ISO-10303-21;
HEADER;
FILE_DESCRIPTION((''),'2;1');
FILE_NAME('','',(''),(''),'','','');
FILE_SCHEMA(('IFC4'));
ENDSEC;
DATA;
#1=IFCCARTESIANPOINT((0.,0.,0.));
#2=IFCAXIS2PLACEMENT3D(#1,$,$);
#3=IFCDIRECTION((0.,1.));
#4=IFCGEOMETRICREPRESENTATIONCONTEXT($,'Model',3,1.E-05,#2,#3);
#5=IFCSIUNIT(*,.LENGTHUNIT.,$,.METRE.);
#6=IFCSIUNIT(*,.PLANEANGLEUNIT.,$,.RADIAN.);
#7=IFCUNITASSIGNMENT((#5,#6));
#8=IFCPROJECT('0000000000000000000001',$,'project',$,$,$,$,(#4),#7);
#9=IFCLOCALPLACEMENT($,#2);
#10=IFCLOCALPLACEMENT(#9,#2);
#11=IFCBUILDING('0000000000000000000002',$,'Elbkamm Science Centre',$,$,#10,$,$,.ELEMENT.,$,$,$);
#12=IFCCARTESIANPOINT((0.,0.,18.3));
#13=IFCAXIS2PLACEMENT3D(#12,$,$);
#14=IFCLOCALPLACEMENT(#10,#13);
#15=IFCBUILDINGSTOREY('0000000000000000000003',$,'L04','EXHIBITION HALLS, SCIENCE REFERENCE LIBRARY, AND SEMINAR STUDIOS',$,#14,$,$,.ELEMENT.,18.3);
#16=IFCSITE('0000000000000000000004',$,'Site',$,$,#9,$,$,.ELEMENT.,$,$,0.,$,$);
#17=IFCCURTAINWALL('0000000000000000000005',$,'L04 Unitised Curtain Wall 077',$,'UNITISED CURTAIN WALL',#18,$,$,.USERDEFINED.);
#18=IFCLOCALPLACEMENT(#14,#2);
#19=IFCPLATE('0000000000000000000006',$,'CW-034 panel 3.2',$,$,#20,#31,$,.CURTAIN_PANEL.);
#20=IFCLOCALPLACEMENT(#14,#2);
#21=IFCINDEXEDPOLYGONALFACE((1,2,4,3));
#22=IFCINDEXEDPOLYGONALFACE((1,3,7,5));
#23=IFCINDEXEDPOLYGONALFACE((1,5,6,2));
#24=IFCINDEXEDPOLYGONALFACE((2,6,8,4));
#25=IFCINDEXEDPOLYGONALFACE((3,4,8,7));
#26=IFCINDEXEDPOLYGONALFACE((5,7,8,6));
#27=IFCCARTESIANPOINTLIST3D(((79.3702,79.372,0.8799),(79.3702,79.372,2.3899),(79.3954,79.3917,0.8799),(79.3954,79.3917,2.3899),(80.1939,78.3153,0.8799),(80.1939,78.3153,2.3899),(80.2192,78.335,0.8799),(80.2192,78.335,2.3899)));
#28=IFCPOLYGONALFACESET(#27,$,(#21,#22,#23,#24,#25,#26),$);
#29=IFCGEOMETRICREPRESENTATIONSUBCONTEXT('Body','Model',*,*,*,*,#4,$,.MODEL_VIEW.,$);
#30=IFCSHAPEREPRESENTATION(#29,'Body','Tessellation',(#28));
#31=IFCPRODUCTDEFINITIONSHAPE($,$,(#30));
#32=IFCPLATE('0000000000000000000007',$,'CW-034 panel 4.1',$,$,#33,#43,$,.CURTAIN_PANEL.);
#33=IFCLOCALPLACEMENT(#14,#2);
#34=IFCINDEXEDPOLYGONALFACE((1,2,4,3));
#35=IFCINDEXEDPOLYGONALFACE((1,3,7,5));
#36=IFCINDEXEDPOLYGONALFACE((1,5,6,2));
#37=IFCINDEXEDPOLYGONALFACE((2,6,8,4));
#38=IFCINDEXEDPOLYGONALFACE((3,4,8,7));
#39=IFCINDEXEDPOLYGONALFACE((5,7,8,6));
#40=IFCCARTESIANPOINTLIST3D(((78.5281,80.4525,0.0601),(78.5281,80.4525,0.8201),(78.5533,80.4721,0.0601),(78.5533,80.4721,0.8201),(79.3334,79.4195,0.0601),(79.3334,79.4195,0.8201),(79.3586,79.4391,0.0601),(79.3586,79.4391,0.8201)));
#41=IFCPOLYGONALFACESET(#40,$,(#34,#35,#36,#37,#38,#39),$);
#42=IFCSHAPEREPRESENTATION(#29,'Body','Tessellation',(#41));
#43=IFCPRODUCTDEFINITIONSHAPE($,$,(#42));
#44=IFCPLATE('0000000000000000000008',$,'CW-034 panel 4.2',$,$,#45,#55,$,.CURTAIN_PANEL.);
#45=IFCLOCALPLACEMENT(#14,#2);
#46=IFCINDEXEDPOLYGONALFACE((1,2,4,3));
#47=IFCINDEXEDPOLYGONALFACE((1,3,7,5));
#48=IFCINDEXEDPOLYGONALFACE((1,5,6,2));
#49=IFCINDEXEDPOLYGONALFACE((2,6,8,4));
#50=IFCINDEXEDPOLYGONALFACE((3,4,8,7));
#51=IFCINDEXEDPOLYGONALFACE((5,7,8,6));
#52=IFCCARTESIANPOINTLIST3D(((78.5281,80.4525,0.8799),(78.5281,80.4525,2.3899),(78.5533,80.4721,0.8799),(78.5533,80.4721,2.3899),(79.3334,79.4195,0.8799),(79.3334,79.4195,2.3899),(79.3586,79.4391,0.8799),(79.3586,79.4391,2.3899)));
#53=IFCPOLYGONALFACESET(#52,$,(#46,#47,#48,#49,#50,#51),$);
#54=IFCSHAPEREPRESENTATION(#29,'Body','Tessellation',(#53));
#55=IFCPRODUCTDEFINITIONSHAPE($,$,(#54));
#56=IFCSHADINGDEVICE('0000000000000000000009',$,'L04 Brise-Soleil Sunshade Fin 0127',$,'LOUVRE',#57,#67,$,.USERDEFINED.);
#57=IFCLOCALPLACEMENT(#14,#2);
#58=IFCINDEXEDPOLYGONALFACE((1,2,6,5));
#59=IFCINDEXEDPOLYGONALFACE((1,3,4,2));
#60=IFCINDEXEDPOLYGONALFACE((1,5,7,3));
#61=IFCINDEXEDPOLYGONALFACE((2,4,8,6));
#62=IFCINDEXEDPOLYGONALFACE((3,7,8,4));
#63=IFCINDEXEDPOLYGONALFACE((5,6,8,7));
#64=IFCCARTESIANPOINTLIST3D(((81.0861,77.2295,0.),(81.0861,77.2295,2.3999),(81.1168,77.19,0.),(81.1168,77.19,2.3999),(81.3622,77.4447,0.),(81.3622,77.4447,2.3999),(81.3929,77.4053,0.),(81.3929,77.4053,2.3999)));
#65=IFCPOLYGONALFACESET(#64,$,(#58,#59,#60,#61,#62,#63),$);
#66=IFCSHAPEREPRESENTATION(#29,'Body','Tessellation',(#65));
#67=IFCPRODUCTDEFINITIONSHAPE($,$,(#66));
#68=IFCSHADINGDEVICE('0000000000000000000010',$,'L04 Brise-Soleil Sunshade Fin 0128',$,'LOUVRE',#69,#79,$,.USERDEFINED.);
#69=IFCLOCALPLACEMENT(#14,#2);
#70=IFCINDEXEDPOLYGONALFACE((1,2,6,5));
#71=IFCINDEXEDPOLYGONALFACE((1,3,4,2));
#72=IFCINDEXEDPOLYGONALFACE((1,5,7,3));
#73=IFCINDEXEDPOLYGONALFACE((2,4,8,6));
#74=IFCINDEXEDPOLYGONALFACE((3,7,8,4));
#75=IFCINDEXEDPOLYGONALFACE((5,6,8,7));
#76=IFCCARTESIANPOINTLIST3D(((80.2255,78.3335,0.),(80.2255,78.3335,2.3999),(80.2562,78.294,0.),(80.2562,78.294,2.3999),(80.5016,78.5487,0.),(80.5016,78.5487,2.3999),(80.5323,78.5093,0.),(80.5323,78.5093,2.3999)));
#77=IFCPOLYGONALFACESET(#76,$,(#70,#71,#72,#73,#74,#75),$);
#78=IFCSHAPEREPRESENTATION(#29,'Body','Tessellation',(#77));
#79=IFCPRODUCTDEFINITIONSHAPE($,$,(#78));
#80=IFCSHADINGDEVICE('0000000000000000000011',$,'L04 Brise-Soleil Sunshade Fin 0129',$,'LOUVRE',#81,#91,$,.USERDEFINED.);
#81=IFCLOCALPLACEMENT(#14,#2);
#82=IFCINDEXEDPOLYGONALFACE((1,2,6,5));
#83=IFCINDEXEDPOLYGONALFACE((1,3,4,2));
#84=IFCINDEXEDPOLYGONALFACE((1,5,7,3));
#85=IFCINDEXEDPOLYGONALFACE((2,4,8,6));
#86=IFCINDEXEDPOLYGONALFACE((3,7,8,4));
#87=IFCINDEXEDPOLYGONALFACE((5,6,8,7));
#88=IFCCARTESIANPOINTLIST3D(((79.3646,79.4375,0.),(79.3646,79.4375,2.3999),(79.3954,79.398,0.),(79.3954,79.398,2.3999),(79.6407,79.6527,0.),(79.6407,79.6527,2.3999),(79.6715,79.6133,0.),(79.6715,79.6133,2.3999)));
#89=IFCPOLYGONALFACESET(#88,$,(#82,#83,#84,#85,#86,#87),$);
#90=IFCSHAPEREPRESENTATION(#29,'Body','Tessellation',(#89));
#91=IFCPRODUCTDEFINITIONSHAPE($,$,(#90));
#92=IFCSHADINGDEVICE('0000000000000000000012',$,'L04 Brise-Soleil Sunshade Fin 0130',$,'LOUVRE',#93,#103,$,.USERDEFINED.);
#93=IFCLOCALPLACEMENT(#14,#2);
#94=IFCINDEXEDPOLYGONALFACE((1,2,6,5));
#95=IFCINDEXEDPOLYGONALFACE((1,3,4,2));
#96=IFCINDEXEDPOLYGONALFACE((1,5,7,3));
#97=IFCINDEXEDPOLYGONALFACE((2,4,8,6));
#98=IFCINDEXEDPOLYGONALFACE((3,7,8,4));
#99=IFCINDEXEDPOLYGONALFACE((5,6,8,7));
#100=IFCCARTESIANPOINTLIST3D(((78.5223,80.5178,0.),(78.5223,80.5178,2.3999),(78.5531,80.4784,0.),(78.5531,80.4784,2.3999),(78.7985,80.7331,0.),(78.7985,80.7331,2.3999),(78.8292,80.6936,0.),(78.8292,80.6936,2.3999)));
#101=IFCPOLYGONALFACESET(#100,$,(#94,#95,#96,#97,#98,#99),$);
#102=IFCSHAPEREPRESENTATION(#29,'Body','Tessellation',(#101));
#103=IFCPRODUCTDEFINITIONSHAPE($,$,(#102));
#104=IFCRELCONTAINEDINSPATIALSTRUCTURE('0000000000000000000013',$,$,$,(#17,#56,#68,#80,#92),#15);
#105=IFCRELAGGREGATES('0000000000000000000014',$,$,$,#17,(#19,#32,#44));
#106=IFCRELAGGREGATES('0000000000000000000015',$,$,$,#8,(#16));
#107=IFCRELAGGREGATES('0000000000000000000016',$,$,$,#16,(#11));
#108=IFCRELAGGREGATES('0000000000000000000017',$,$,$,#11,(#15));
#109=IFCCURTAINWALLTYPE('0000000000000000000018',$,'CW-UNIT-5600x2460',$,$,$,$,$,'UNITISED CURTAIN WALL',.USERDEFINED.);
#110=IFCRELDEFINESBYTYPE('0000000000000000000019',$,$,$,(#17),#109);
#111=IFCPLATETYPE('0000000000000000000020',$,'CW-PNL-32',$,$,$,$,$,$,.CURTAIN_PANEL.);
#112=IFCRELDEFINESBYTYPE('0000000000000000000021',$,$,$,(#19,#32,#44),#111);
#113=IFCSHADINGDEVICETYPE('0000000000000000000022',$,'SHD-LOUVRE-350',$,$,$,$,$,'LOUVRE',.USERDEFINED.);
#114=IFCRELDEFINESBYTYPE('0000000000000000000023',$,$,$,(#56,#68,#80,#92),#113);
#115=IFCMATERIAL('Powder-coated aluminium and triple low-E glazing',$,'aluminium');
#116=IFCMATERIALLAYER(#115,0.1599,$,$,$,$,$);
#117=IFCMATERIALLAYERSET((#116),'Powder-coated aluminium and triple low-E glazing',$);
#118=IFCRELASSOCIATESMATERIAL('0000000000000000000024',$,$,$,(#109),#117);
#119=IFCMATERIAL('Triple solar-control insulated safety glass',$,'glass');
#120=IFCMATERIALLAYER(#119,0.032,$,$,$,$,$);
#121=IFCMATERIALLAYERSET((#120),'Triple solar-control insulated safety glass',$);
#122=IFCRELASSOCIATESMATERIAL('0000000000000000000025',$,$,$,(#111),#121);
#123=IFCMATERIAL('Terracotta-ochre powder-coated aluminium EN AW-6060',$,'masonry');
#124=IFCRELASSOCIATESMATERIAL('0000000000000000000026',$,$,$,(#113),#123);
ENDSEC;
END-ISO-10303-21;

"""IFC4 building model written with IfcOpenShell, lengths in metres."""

from ifc_helpers import new_model, si_unit, direction, frame, origin, origin_2d, place, context, subcontext, project, spatial, rectangle, extrude, material, layer, layer_set, type_object, element, aggregate, save


model = new_model("IFC4")

# Units and contexts
model_context = context("Model", 3, precision=1e-05, world=origin(), true_north=direction((0.0, 1.0)))
body_context = subcontext(model_context, "Body", "Model", "MODEL_VIEW")
ifc_project = project(units=[si_unit("LENGTHUNIT", "METRE"), si_unit("PLANEANGLEUNIT", "RADIAN")], contexts=[model_context])

# Site, building, storey
site_placement = place(None, origin())
site = spatial("IfcSite", under=ifc_project, at=site_placement, Name="Site", CompositionType="ELEMENT", RefElevation=0.0)
building_placement = place(site_placement, origin())
building = spatial("IfcBuilding", under=site, at=building_placement, Name="Elbkamm Science Centre", CompositionType="ELEMENT")
storey_placement = place(building_placement, frame((0.0, 0.0, 18.3)))
storey = spatial("IfcBuildingStorey", under=building, at=storey_placement, Name="L04", Description="EXHIBITION HALLS, SCIENCE REFERENCE LIBRARY, AND SEMINAR STUDIOS", CompositionType="ELEMENT", Elevation=18.3)

# Curtain wall, plates
ifc_material_1 = material(Name="Powder-coated aluminium and triple low-E glazing", Category="aluminium")
ifc_layer_1 = layer(ifc_material_1, 0.1599)
ifc_layer_set_1 = layer_set([ifc_layer_1], Name="Powder-coated aluminium and triple low-E glazing")
curtain_wall_type = type_object("IfcCurtainWallType", Name="CW-UNIT-5600x2460", ElementType="UNITISED CURTAIN WALL", PredefinedType="USERDEFINED", material=ifc_layer_set_1)
curtain_wall_placement = place(storey_placement, origin())
curtain_wall = element("IfcCurtainWall", 1, at=curtain_wall_placement, inside=storey, type_object=curtain_wall_type, Name="L04 Unitised Curtain Wall 077", ObjectType="UNITISED CURTAIN WALL", PredefinedType="USERDEFINED")
ifc_material_2 = material(Name="Triple solar-control insulated safety glass", Category="glass")
ifc_layer_2 = layer(ifc_material_2, 0.032)
ifc_layer_set_2 = layer_set([ifc_layer_2], Name="Triple solar-control insulated safety glass")
plate_type = type_object("IfcPlateType", Name="CW-PNL-32", PredefinedType="CURTAIN_PANEL", material=ifc_layer_set_2)
plate_1_placement = place(storey_placement, frame((79.7947, 78.8535, 0.8799), z_axis=(0.0, 0.0, 1.0), x_axis=(-0.614806, 0.788679, 0.0)))
plate_1 = element("IfcPlate", 2, at=plate_1_placement, type_object=plate_type, Name="CW-034 panel 3.2", PredefinedType="CURTAIN_PANEL", context=body_context, shape_type="SweptSolid", body=[
    extrude(rectangle(XDim=1.3398, YDim=0.032, at=origin_2d()), origin(), (0.0, 0.0, 1.0), 1.51),
])
plate_2_placement = place(storey_placement, frame((78.9434, 79.9458, 0.0601), z_axis=(0.0, 0.0, 1.0), x_axis=(-0.614806, 0.788679, 0.0)))
plate_2 = element("IfcPlate", 3, at=plate_2_placement, type_object=plate_type, Name="CW-034 panel 4.1", PredefinedType="CURTAIN_PANEL", context=body_context, shape_type="SweptSolid", body=[
    extrude(rectangle(XDim=1.3098, YDim=0.032, at=origin_2d()), origin(), (0.0, 0.0, 1.0), 0.76),
])
plate_3_placement = place(storey_placement, frame((78.9434, 79.9458, 0.8799), z_axis=(0.0, 0.0, 1.0), x_axis=(-0.614806, 0.788679, 0.0)))
plate_3 = element("IfcPlate", 4, at=plate_3_placement, type_object=plate_type, Name="CW-034 panel 4.2", PredefinedType="CURTAIN_PANEL", context=body_context, shape_type="SweptSolid", body=[
    extrude(rectangle(XDim=1.3098, YDim=0.032, at=origin_2d()), origin(), (0.0, 0.0, 1.0), 1.51),
])
aggregate(curtain_wall, [plate_1, plate_2, plate_3])

# Shading devices
ifc_material_3 = material(Name="Terracotta-ochre powder-coated aluminium EN AW-6060", Category="masonry")
shading_device_type = type_object("IfcShadingDeviceType", Name="SHD-LOUVRE-350", ElementType="LOUVRE", PredefinedType="USERDEFINED", material=ifc_material_3)
for number, where, z_axis, x_axis, name in (
    (5, (81.2395, 77.3174, 0.0), (0.0, 0.0, 1.0), (0.788679, 0.614806, 0.0), "L04 Brise-Soleil Sunshade Fin 0127"),
    (6, (80.3789, 78.4214, 0.0), (0.0, 0.0, 1.0), (0.788679, 0.614806, 0.0), "L04 Brise-Soleil Sunshade Fin 0128"),
    (7, (79.5181, 79.5254, 0.0), (0.0, 0.0, 1.0), (0.788679, 0.614806, 0.0), "L04 Brise-Soleil Sunshade Fin 0129"),
    (8, (78.6758, 80.6057, 0.0), (0.0, 0.0, 1.0), (0.788679, 0.614806, 0.0), "L04 Brise-Soleil Sunshade Fin 0130"),
):
    element("IfcShadingDevice", number, at=place(storey_placement, frame(where, z_axis=z_axis, x_axis=x_axis)), inside=storey, type_object=shading_device_type, Name=name, ObjectType="LOUVRE", PredefinedType="USERDEFINED", context=body_context, shape_type="SweptSolid", body=[
        extrude(rectangle(XDim=0.3501, YDim=0.05, at=origin_2d()), origin(), (0.0, 0.0, 1.0), 2.3999),
    ])

save(model, "model.ifc")
